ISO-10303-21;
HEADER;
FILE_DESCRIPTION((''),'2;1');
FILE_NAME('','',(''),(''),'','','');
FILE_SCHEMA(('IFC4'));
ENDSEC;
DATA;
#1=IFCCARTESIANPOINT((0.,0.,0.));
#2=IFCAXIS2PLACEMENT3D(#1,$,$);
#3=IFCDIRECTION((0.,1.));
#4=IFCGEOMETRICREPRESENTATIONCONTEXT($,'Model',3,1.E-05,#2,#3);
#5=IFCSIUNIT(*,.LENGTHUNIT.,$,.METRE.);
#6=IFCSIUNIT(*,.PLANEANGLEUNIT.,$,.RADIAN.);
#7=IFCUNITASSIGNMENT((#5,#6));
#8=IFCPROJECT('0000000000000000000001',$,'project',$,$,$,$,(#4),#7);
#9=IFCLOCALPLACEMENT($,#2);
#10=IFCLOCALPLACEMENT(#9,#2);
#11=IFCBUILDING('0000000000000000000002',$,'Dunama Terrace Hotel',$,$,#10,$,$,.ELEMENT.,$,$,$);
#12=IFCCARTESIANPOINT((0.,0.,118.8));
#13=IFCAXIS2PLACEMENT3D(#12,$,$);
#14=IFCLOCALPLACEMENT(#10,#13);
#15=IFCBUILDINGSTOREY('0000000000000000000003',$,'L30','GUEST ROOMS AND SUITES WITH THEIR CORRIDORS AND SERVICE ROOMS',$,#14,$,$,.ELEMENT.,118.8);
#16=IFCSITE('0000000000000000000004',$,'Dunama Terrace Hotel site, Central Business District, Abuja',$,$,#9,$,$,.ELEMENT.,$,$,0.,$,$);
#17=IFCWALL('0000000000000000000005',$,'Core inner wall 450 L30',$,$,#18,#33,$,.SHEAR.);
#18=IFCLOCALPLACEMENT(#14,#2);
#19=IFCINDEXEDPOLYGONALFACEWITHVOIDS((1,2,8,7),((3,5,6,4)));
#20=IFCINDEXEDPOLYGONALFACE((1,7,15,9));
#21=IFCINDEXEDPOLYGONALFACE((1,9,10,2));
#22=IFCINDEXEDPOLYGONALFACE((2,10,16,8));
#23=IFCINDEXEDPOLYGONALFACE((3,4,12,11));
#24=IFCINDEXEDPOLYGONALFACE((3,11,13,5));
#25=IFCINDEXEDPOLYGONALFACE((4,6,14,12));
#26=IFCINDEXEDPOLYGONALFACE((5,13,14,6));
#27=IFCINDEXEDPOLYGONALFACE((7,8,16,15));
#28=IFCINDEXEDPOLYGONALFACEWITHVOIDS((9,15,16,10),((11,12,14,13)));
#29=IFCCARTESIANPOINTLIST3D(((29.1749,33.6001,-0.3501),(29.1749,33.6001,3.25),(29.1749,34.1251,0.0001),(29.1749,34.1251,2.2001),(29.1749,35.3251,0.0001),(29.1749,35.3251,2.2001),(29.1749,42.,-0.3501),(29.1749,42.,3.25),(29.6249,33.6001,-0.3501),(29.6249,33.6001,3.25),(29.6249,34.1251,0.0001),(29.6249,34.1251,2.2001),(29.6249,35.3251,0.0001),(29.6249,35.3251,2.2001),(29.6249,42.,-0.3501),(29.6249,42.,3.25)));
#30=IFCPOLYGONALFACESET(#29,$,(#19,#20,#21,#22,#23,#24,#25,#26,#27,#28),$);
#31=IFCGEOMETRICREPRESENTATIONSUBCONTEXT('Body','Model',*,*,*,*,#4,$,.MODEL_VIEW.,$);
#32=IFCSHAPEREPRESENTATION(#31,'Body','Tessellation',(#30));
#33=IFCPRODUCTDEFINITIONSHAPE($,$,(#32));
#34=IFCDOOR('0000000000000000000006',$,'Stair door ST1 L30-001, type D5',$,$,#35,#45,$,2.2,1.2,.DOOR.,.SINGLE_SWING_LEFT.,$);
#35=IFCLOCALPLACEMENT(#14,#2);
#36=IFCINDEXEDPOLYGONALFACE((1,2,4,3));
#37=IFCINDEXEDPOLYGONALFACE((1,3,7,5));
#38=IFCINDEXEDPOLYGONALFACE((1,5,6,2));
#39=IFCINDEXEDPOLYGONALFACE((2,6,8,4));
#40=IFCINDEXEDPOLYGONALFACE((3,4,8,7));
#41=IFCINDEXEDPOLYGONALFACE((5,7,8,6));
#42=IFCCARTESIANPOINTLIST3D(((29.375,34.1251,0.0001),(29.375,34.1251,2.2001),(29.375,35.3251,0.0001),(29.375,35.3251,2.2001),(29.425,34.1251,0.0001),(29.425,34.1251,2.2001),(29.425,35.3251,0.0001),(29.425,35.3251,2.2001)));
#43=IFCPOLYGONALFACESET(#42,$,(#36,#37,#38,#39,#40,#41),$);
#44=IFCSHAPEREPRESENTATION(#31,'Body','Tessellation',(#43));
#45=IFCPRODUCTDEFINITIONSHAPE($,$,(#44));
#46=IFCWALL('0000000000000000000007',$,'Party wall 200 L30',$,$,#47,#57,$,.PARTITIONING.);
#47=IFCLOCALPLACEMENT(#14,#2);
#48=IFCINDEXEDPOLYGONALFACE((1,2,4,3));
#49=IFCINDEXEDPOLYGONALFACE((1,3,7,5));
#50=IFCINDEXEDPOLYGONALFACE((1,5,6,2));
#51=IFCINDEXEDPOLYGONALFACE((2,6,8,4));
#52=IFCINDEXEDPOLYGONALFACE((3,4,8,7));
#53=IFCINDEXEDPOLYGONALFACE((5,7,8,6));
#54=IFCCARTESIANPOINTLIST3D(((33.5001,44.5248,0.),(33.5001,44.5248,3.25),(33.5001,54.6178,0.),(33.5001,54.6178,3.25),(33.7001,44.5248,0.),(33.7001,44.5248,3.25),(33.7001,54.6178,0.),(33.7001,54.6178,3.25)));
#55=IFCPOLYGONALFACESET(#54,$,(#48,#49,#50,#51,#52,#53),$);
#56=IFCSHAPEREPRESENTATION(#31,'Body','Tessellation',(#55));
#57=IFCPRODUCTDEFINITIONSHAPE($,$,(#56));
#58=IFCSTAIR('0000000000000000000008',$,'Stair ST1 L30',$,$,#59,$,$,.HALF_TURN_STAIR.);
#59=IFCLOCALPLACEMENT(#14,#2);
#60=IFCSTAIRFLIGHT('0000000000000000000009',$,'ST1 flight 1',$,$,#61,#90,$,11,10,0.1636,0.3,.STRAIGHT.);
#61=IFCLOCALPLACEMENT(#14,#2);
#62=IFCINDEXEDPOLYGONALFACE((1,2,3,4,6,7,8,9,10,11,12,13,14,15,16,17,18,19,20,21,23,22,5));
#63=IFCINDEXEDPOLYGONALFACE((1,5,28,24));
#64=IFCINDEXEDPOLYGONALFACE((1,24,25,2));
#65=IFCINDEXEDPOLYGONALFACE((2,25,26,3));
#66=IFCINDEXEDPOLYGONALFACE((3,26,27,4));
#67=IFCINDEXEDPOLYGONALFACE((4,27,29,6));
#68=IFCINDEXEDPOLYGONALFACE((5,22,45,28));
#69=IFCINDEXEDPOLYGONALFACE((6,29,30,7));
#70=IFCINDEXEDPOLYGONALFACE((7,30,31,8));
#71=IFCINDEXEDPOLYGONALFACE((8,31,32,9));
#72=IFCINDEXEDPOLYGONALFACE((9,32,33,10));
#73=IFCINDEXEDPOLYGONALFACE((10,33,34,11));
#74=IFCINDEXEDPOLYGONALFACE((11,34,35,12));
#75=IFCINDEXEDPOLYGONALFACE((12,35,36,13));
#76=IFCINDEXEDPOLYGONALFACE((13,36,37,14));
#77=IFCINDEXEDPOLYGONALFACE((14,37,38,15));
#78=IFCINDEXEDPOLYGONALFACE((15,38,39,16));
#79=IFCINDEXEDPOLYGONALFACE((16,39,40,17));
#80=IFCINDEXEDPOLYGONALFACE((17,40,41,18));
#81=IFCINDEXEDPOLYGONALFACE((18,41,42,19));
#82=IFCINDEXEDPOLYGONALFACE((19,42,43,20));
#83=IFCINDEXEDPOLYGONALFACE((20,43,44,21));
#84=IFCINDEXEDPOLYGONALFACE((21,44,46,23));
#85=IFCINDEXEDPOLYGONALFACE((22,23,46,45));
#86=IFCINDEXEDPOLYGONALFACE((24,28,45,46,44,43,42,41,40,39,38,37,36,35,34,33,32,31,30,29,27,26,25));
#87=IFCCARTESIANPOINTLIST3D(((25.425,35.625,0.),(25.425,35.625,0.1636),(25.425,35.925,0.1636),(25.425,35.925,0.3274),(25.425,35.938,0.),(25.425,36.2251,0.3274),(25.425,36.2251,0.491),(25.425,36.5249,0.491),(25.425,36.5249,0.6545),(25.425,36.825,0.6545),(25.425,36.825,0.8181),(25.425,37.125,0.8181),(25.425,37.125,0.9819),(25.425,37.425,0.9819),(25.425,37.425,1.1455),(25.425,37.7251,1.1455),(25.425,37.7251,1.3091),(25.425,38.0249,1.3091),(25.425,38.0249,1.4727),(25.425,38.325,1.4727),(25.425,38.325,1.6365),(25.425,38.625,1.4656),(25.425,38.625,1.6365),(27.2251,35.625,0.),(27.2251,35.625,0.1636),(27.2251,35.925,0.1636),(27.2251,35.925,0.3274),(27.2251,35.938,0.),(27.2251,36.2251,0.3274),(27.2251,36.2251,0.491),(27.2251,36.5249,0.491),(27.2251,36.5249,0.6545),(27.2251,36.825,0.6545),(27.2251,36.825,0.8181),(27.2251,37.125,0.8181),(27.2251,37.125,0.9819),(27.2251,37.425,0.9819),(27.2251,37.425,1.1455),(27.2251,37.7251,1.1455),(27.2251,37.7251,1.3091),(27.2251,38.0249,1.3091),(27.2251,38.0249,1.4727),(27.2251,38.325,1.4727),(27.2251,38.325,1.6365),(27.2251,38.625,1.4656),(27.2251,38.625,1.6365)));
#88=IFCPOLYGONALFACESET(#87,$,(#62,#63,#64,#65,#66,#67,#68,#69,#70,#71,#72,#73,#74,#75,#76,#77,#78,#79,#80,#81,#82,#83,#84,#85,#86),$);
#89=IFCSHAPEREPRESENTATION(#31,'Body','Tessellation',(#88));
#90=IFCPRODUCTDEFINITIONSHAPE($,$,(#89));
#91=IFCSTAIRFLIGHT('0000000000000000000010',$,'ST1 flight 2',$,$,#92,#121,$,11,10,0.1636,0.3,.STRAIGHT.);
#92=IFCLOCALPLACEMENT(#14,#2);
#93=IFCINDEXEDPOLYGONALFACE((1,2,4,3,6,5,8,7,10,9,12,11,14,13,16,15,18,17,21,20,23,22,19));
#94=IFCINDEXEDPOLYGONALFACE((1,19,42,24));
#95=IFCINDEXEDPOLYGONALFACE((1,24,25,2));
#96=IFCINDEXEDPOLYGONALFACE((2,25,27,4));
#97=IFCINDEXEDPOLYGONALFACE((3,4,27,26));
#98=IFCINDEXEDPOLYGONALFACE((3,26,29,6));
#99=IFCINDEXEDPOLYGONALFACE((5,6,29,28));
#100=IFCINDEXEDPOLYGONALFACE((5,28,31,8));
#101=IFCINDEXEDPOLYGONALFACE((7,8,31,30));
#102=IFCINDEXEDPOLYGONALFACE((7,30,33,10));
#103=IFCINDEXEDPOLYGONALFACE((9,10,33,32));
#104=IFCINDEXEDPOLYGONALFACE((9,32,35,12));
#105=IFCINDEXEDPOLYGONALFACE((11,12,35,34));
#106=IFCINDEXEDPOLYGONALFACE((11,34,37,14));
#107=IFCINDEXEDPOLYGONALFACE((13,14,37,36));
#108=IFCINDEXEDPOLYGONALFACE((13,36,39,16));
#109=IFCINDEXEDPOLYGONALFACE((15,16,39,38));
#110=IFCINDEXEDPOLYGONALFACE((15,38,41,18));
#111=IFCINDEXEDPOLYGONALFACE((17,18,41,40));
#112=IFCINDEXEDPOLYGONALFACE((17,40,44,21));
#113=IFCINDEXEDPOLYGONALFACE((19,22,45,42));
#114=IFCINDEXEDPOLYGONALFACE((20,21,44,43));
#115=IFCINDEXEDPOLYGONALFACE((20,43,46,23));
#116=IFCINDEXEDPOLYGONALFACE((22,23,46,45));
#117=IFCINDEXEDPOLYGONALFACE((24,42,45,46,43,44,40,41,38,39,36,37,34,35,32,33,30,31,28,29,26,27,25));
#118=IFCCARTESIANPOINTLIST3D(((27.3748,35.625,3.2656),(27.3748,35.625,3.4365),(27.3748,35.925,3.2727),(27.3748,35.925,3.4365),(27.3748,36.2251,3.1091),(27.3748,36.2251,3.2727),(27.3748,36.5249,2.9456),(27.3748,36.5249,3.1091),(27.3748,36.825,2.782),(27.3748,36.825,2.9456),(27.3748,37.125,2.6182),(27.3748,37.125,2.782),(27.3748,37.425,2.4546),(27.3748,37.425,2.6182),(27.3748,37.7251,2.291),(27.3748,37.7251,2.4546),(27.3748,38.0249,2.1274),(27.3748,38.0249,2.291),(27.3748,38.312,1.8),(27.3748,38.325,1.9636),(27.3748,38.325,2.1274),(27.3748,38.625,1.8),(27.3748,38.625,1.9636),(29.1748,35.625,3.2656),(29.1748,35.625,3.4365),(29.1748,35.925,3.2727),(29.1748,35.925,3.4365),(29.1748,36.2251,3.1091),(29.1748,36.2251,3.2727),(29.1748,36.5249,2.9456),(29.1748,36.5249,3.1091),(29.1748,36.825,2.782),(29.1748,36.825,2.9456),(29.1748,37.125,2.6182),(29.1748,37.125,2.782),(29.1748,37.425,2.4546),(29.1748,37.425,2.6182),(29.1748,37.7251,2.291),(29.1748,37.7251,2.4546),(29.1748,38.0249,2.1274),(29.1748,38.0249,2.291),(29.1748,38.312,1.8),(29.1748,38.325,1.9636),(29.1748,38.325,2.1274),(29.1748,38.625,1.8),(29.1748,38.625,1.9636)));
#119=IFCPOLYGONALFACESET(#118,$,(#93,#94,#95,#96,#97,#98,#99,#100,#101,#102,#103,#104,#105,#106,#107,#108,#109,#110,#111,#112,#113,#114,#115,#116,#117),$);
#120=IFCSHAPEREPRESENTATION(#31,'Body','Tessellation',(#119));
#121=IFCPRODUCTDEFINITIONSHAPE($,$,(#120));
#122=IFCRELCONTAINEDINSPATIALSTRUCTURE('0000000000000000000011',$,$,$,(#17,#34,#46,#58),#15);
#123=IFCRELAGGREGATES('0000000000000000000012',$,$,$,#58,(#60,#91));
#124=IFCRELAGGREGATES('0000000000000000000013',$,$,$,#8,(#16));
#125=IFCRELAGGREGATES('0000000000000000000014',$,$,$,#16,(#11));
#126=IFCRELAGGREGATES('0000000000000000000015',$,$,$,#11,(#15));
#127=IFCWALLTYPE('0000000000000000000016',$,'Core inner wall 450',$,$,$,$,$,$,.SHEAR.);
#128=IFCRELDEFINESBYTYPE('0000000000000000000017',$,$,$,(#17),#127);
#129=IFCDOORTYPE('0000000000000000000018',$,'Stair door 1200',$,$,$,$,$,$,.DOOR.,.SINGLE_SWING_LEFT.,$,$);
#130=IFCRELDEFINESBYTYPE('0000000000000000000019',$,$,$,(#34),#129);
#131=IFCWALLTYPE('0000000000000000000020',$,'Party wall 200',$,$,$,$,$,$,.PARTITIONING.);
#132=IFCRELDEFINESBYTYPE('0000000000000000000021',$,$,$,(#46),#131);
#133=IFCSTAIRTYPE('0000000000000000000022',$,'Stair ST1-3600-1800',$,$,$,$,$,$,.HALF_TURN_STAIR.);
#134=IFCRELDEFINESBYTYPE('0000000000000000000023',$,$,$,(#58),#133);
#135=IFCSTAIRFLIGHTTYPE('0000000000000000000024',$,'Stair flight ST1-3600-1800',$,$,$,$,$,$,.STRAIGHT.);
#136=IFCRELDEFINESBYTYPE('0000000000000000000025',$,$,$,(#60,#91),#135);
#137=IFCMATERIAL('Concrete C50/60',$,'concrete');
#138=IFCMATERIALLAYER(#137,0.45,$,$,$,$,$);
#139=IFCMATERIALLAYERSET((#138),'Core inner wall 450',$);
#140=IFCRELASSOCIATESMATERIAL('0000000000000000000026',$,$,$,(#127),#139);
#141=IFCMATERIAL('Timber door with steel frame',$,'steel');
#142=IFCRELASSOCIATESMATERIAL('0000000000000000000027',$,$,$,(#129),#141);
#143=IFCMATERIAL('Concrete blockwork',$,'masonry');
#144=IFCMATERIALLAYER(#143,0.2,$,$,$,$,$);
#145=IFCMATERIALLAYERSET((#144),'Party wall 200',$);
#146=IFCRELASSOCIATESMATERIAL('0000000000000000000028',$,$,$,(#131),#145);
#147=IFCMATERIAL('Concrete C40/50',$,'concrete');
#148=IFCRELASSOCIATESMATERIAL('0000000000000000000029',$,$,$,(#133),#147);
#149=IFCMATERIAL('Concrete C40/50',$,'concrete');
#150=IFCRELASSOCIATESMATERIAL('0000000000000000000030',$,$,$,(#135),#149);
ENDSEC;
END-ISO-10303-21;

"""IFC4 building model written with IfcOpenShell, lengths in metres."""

from ifc_helpers import new_model, si_unit, direction, frame, frame_2d, origin, place, context, subcontext, project, spatial, polyline, rectangle, outline, extrude, material, layer, layer_set, type_object, element, fill, aggregate, save


model = new_model("IFC4")

# Units and contexts
model_context = context("Model", 3, precision=1e-05, world=origin(), true_north=direction((0.0, 1.0)))
body_context = subcontext(model_context, "Body", "Model", "MODEL_VIEW")
ifc_project = project(units=[si_unit("LENGTHUNIT", "METRE"), si_unit("PLANEANGLEUNIT", "RADIAN")], contexts=[model_context])

# Site, building, storey
site_placement = place(None, origin())
site = spatial("IfcSite", under=ifc_project, at=site_placement, Name="Dunama Terrace Hotel site, Central Business District, Abuja", CompositionType="ELEMENT", RefElevation=0.0)
building_placement = place(site_placement, origin())
building = spatial("IfcBuilding", under=site, at=building_placement, Name="Dunama Terrace Hotel", CompositionType="ELEMENT")
storey_placement = place(building_placement, frame((0.0, 0.0, 118.8)))
storey = spatial("IfcBuildingStorey", under=building, at=storey_placement, Name="L30", Description="GUEST ROOMS AND SUITES WITH THEIR CORRIDORS AND SERVICE ROOMS", CompositionType="ELEMENT", Elevation=118.8)

# Wall, opening, door
ifc_material_1 = material(Name="Concrete C50/60", Category="concrete")
ifc_layer_1 = layer(ifc_material_1, 0.45)
ifc_layer_set_1 = layer_set([ifc_layer_1], Name="Core inner wall 450")
wall_type_1 = type_object("IfcWallType", Name="Core inner wall 450", PredefinedType="SHEAR", material=ifc_layer_set_1)
wall_1_placement = place(storey_placement, frame((29.3999, 33.6001, -0.3501), z_axis=(0.0, 0.0, 1.0), x_axis=(0.0, 1.0, 0.0)))
wall_1 = element("IfcWall", 1, at=wall_1_placement, inside=storey, type_object=wall_type_1, Name="Core inner wall 450 L30", PredefinedType="SHEAR", context=body_context, shape_type="SweptSolid", body=[
    extrude(rectangle(XDim=8.3999, YDim=0.45, at=frame_2d((4.2, 0.0))), origin(), (0.0, 0.0, 1.0), 3.6001),
])
opening_1_placement = place(wall_1_placement, frame((0.5249, 0.0, 0.3501)))
opening_1 = element("IfcOpeningElement", 2, at=opening_1_placement, cuts=wall_1, PredefinedType="OPENING", context=body_context, shape_type="SweptSolid", body=[
    extrude(rectangle(XDim=1.2, YDim=2.2, at=frame_2d((0.6001, 1.1001))), frame((0.0, 0.2349, 0.0), z_axis=(0.0, -1.0, 0.0), x_axis=(1.0, 0.0, 0.0)), (0.0, 0.0, 1.0), 0.47),
])
ifc_material_2 = material(Name="Timber door with steel frame", Category="steel")
door_type_1 = type_object("IfcDoorType", Name="Stair door 1200", OperationType="SINGLE_SWING_LEFT", PredefinedType="DOOR", material=ifc_material_2)
door_1_placement = place(opening_1_placement, origin())
door_1 = element("IfcDoor", 3, at=door_1_placement, inside=storey, type_object=door_type_1, Name="Stair door ST1 L30-001, type D5", OperationType="SINGLE_SWING_LEFT", OverallHeight=2.2, OverallWidth=1.2, PredefinedType="DOOR", context=body_context, shape_type="SweptSolid", body=[
    extrude(rectangle(XDim=1.2, YDim=2.2, at=frame_2d((0.6001, 1.1001))), frame((0.0, 0.0249, 0.0), z_axis=(0.0, -1.0, 0.0), x_axis=(1.0, 0.0, 0.0)), (0.0, 0.0, 1.0), 0.05),
])
fill(opening_1, door_1)

# Wall
ifc_material_3 = material(Name="Concrete blockwork", Category="masonry")
ifc_layer_2 = layer(ifc_material_3, 0.2)
ifc_layer_set_2 = layer_set([ifc_layer_2], Name="Party wall 200")
wall_type_2 = type_object("IfcWallType", Name="Party wall 200", PredefinedType="PARTITIONING", material=ifc_layer_set_2)
wall_2_placement = place(storey_placement, frame((33.6001, 44.5249, 0.0), z_axis=(0.0, 0.0, 1.0), x_axis=(0.0, 1.0, 0.0)))
element("IfcWall", 4, at=wall_2_placement, inside=storey, type_object=wall_type_2, Name="Party wall 200 L30", PredefinedType="PARTITIONING", context=body_context, shape_type="SweptSolid", body=[
    extrude(rectangle(XDim=10.093, YDim=0.2, at=frame_2d((5.0464, 0.0))), origin(), (0.0, 0.0, 1.0), 3.25),
])

# Stair, stair flights
ifc_material_4 = material(Name="Concrete C40/50", Category="concrete")
stair_type = type_object("IfcStairType", Name="Stair ST1-3600-1800", PredefinedType="HALF_TURN_STAIR", material=ifc_material_4)
stair_placement = place(storey_placement, origin())
stair = element("IfcStair", 5, at=stair_placement, inside=storey, type_object=stair_type, Name="Stair ST1 L30", PredefinedType="HALF_TURN_STAIR")
ifc_material_5 = material(Name="Concrete C40/50", Category="concrete")
stair_flight_type = type_object("IfcStairFlightType", Name="Stair flight ST1-3600-1800", PredefinedType="STRAIGHT", material=ifc_material_5)
stair_flight_1_placement = place(storey_placement, frame((26.325, 35.625, 0.0), z_axis=(0.0, 0.0, 1.0), x_axis=(0.0, 1.0, 0.0)))
stair_flight_1 = element("IfcStairFlight", 6, at=stair_flight_1_placement, type_object=stair_flight_type, Name="ST1 flight 1", NumberOfRisers=11, NumberOfTreads=10, PredefinedType="STRAIGHT", RiserHeight=0.1636, TreadLength=0.3, context=body_context, shape_type="SweptSolid", body=[
    extrude(outline(polyline([(0.0, 0.0), (0.0, 0.1636), (0.3, 0.1636), (0.3, 0.3274), (0.6001, 0.3274), (0.6001, 0.491), (0.8999, 0.491), (0.8999, 0.6545), (1.2, 0.6545), (1.2, 0.8181), (1.5, 0.8181), (1.5, 0.9819), (1.8, 0.9819), (1.8, 1.1455), (2.1001, 1.1455), (2.1001, 1.3091), (2.3999, 1.3091), (2.3999, 1.4727), (2.7, 1.4727), (2.7, 1.6365), (3.0, 1.6365), (3.0, 1.8), (3.0, 1.4656), (0.313, 0.0), (0.0, 0.0)])), frame((0.0, 0.8999, 0.0), z_axis=(0.0, -1.0, 0.0), x_axis=(1.0, 0.0, 0.0)), (0.0, 0.0, 1.0), 1.8),
])
stair_flight_2_placement = place(storey_placement, frame((28.2749, 38.625, 1.8), z_axis=(0.0, 0.0, 1.0), x_axis=(0.0, -1.0, 0.0)))
stair_flight_2 = element("IfcStairFlight", 7, at=stair_flight_2_placement, type_object=stair_flight_type, Name="ST1 flight 2", NumberOfRisers=11, NumberOfTreads=10, PredefinedType="STRAIGHT", RiserHeight=0.1636, TreadLength=0.3, context=body_context, shape_type="SweptSolid", body=[
    extrude(outline(polyline([(0.0, 0.0), (0.0, 0.1636), (0.3, 0.1636), (0.3, 0.3274), (0.6001, 0.3274), (0.6001, 0.491), (0.8999, 0.491), (0.8999, 0.6545), (1.2, 0.6545), (1.2, 0.8181), (1.5, 0.8181), (1.5, 0.9819), (1.8, 0.9819), (1.8, 1.1455), (2.1001, 1.1455), (2.1001, 1.3091), (2.3999, 1.3091), (2.3999, 1.4727), (2.7, 1.4727), (2.7, 1.6365), (3.0, 1.6365), (3.0, 1.8), (3.0, 1.4656), (0.313, 0.0), (0.0, 0.0)])), frame((0.0, 0.8999, 0.0), z_axis=(0.0, -1.0, 0.0), x_axis=(1.0, 0.0, 0.0)), (0.0, 0.0, 1.0), 1.8),
])
aggregate(stair, [stair_flight_1, stair_flight_2])

save(model, "model.ifc")
